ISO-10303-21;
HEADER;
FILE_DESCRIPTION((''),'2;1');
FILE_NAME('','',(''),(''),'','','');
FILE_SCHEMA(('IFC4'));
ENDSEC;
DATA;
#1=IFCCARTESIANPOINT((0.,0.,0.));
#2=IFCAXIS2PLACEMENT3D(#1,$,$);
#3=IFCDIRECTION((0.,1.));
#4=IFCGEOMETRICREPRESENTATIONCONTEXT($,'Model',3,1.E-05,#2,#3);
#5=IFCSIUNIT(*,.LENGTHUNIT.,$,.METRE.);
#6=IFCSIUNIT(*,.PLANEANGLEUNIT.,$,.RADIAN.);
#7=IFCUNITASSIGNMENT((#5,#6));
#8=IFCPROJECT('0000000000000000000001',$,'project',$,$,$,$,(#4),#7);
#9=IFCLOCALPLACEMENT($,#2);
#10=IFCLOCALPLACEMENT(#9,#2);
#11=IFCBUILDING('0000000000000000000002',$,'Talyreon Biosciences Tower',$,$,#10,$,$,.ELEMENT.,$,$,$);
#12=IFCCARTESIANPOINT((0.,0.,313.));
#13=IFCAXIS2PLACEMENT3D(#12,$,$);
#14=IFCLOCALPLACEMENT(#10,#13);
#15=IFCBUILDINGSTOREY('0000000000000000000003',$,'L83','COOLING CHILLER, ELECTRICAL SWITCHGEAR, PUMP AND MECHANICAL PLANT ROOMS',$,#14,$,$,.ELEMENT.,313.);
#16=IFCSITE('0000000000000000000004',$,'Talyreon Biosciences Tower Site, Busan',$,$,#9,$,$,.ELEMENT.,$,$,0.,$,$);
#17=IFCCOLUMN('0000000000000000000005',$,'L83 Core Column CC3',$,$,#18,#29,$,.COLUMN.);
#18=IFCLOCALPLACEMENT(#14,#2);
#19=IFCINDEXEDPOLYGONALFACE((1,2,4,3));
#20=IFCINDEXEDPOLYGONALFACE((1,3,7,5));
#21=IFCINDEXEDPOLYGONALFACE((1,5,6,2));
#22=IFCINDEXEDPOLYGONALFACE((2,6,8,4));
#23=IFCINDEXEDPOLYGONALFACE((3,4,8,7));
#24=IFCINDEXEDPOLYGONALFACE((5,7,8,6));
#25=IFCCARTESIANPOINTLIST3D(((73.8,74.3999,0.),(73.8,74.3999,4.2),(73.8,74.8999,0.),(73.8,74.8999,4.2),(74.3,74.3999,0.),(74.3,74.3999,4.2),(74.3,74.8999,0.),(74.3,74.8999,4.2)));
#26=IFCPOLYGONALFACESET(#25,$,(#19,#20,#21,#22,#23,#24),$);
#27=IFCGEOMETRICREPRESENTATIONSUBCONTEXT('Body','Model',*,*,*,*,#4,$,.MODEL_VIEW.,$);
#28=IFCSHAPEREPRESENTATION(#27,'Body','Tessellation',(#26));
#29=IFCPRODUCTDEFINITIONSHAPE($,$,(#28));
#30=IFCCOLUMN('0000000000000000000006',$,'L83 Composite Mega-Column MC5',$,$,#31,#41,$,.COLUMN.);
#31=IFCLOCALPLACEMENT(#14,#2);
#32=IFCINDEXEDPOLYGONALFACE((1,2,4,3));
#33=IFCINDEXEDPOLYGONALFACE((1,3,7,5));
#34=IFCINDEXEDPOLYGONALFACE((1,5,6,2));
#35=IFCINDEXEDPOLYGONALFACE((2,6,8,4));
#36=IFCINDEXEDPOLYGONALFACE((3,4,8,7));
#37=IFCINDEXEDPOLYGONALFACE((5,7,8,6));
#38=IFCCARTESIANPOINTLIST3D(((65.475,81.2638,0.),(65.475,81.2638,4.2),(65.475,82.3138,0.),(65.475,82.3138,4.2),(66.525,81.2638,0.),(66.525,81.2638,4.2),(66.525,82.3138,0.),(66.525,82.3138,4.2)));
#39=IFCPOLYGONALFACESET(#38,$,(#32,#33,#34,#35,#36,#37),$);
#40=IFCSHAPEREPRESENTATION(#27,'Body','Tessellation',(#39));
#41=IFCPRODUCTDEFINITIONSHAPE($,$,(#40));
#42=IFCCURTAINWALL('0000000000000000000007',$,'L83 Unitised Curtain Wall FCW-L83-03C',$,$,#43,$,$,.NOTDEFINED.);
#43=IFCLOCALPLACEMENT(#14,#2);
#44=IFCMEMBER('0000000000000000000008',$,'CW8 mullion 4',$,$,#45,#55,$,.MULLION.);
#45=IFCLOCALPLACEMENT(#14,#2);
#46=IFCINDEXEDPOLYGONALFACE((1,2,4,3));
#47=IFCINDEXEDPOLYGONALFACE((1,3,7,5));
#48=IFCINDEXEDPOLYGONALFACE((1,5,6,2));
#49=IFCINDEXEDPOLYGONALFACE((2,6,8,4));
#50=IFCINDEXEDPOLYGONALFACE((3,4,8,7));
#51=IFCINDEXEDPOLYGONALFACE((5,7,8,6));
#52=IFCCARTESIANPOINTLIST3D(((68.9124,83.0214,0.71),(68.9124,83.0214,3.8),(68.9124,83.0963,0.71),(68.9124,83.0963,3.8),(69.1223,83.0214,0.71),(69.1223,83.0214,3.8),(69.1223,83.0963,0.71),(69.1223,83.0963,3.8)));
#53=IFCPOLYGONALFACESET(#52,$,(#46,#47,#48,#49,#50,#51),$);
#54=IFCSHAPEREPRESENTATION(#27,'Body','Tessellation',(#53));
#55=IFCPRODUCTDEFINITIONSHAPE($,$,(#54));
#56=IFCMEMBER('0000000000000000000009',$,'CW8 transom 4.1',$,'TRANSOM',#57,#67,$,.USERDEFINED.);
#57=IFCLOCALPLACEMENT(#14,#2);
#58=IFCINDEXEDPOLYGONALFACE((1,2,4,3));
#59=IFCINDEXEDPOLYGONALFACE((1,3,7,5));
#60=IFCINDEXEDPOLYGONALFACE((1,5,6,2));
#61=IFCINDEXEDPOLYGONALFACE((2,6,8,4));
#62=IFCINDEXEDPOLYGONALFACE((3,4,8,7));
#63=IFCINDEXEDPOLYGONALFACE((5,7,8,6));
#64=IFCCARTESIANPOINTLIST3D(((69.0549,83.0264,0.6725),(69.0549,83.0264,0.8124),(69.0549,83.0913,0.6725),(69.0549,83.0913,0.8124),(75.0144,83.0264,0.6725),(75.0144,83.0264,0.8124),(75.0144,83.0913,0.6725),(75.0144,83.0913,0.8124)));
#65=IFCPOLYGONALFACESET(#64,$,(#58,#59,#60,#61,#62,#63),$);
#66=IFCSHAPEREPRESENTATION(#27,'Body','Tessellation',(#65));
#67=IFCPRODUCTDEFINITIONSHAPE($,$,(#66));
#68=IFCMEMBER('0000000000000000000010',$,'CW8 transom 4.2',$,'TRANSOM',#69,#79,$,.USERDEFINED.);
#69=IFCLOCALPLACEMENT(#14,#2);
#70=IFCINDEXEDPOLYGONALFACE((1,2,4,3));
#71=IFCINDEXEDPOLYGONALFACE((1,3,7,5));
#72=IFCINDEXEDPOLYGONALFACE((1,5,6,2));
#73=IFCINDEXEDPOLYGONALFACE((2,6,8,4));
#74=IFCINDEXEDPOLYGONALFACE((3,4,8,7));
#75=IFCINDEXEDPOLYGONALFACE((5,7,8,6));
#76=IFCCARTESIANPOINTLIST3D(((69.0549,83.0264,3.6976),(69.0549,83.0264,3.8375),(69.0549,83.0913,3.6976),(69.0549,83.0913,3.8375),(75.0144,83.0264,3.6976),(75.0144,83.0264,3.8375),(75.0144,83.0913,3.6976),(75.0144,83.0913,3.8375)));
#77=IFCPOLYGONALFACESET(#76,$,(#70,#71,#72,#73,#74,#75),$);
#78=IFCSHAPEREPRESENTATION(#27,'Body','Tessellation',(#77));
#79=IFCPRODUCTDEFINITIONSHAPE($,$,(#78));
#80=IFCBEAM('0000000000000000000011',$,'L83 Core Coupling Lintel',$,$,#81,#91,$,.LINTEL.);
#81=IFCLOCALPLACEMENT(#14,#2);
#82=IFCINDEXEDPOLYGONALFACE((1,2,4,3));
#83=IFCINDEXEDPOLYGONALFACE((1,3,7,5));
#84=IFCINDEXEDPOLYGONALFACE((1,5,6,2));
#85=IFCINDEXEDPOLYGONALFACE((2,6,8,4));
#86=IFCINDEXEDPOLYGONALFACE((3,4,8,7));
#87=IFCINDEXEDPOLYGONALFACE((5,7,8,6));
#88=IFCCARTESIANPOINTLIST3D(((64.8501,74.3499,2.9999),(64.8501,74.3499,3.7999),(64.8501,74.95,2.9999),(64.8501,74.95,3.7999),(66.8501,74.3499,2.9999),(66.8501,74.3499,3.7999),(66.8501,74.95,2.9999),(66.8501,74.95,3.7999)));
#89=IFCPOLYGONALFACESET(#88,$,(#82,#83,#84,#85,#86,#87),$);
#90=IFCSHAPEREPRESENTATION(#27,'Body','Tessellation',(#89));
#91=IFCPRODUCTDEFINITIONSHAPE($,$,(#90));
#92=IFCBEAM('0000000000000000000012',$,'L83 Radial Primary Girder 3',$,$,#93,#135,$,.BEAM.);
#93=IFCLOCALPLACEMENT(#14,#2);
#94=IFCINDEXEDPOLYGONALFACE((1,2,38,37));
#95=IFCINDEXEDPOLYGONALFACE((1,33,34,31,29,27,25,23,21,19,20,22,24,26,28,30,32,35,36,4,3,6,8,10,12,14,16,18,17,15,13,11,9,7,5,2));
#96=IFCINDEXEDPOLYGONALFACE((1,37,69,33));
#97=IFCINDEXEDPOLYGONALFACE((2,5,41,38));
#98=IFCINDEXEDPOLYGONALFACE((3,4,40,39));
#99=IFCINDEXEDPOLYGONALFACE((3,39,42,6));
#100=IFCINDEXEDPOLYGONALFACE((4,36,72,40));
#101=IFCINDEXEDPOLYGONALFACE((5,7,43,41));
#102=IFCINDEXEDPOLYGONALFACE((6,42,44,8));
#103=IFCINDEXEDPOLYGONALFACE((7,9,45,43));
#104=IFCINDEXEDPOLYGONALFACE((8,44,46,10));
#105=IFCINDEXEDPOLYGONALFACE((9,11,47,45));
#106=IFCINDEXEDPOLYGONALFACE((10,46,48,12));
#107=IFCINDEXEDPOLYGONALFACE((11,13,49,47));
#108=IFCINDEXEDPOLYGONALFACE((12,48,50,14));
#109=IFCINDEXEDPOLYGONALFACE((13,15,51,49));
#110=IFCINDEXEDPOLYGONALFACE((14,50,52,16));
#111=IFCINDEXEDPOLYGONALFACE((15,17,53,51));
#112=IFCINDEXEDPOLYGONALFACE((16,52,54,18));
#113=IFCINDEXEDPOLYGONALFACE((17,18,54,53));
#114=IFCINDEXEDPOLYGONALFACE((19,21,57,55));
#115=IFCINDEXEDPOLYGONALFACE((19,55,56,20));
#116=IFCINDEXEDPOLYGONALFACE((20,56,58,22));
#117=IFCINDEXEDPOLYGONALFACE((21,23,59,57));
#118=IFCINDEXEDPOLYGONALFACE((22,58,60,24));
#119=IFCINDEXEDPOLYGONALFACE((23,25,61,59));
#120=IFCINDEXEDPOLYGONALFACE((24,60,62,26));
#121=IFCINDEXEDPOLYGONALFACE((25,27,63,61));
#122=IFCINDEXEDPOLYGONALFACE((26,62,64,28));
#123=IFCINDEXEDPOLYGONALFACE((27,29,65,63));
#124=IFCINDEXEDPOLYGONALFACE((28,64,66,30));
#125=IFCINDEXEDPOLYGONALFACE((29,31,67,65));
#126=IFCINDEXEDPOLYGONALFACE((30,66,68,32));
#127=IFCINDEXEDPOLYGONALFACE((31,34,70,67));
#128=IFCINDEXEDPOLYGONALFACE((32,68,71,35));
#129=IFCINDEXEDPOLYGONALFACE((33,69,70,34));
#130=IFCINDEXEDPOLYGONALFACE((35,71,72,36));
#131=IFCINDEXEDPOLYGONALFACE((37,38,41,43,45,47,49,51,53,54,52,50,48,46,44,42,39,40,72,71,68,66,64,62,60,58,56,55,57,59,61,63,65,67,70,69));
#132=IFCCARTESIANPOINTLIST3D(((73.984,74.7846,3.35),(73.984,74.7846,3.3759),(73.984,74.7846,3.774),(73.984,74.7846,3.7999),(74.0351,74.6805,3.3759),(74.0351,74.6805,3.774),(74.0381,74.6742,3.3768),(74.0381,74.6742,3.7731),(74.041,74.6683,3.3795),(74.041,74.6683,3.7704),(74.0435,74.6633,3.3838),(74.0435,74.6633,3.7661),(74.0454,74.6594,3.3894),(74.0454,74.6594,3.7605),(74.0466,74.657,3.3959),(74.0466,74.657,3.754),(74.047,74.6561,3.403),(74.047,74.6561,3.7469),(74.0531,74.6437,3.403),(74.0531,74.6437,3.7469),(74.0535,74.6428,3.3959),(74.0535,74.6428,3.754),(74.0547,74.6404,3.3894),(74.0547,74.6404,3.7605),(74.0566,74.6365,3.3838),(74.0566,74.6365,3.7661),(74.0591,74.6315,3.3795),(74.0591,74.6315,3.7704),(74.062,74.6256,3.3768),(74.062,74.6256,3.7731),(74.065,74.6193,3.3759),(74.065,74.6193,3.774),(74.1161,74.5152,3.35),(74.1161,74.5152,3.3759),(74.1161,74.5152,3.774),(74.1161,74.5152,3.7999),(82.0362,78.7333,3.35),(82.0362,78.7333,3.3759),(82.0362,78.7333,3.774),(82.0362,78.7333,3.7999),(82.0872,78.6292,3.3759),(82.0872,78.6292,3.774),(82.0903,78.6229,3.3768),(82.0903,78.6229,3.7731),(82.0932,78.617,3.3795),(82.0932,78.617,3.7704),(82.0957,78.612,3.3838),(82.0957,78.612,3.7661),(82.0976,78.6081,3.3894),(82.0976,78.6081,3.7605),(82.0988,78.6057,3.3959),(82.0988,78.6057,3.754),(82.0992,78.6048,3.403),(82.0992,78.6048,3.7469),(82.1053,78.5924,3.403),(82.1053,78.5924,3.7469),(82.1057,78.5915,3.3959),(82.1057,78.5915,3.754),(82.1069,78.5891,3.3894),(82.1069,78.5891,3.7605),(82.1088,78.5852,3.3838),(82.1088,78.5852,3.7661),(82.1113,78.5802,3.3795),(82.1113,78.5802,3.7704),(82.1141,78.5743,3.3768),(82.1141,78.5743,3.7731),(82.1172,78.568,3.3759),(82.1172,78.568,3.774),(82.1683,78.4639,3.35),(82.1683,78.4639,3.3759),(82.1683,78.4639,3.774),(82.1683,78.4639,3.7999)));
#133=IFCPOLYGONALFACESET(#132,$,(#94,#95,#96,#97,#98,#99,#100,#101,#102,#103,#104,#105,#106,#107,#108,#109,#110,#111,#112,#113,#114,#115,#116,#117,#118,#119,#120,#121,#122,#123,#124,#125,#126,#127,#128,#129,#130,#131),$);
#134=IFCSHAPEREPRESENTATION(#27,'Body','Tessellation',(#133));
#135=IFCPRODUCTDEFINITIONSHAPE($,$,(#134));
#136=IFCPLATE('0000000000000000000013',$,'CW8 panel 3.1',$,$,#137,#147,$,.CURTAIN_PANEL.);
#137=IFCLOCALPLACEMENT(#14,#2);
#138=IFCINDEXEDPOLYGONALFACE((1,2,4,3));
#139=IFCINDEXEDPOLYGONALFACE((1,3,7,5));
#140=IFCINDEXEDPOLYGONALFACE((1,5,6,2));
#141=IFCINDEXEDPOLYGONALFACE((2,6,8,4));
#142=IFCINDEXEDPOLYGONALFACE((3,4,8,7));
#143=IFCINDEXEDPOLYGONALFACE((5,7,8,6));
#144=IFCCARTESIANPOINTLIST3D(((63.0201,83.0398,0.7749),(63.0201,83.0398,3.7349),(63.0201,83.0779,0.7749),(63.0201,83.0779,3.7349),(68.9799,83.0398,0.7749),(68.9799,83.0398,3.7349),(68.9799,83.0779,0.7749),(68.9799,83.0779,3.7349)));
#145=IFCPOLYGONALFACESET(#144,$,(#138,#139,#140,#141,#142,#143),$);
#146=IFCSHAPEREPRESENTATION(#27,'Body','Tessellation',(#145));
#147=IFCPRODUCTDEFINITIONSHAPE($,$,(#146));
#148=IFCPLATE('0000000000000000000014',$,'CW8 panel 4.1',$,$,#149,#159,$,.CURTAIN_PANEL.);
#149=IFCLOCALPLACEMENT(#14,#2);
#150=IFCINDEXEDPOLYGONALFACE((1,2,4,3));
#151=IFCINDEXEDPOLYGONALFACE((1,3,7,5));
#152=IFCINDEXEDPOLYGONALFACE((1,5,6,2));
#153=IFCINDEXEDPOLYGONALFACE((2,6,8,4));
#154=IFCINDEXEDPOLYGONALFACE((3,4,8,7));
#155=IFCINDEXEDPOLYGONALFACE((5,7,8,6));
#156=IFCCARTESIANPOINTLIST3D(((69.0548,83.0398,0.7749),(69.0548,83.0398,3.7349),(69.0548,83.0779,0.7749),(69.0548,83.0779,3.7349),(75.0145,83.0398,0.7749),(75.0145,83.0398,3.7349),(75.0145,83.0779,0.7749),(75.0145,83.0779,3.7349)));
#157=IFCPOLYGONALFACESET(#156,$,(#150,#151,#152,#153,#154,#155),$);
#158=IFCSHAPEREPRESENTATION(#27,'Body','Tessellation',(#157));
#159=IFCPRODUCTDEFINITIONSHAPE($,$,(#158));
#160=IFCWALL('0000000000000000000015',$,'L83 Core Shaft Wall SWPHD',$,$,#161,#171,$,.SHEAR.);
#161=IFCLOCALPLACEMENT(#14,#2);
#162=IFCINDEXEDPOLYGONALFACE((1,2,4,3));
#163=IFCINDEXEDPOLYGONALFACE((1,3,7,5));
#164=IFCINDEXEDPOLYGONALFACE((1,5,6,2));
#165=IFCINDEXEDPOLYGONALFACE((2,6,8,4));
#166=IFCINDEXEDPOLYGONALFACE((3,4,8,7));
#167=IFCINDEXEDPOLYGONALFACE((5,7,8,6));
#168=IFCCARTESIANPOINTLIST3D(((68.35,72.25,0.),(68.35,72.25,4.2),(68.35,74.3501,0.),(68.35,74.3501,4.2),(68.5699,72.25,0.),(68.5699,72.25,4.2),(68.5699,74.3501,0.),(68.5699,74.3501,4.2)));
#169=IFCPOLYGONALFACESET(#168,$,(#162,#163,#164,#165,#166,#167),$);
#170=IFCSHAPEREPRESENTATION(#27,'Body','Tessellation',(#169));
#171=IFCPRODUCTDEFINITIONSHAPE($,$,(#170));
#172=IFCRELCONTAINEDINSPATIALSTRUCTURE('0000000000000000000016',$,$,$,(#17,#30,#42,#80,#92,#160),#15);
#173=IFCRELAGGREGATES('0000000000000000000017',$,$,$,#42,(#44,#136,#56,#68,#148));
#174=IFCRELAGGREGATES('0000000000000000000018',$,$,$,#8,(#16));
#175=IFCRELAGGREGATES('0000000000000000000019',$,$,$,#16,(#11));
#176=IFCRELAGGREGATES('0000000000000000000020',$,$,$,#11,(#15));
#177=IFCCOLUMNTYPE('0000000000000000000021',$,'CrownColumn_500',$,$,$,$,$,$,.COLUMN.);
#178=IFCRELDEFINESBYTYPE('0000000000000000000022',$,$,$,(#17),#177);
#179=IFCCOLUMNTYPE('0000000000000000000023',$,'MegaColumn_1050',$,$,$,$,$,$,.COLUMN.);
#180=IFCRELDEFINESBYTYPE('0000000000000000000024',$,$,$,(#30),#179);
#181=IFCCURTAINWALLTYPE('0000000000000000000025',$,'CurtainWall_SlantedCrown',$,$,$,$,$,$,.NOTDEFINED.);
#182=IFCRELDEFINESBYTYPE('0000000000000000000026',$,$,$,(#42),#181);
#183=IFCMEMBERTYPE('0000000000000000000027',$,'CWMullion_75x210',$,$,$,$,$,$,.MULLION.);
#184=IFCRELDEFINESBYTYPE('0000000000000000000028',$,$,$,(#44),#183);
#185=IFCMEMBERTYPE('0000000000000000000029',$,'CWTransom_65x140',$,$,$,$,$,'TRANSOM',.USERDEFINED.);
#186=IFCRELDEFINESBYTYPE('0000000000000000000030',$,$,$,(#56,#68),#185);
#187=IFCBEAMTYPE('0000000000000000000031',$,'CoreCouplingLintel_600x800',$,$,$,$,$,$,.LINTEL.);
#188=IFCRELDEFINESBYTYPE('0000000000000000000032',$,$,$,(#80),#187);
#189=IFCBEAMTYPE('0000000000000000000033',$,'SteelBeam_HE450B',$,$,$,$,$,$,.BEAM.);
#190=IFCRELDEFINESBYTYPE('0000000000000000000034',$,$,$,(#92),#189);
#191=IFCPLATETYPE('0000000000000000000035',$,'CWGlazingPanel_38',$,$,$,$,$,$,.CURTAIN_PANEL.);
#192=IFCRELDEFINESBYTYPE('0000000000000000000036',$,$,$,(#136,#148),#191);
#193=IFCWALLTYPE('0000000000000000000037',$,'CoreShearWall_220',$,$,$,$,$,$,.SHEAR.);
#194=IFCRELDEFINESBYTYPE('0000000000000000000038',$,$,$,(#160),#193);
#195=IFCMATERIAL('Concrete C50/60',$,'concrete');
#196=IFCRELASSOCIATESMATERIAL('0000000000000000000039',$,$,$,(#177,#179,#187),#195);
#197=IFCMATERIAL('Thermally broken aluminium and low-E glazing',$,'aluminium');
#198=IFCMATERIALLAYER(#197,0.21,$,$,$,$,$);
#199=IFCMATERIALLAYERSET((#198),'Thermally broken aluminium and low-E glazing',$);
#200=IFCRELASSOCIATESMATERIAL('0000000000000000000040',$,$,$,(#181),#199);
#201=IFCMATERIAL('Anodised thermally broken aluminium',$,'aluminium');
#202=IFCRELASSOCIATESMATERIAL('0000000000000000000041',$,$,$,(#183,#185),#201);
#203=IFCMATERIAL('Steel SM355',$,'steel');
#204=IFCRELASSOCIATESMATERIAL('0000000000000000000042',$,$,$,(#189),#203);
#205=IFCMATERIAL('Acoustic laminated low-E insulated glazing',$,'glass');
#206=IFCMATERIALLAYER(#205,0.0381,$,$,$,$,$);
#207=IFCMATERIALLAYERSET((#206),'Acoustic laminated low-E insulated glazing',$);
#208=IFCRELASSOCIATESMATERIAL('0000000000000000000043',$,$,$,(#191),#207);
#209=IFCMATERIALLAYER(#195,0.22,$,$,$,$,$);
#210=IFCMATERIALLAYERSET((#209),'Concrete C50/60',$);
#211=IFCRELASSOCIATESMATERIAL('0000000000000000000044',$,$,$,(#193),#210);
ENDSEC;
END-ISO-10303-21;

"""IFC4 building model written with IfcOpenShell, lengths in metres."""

from ifc_helpers import new_model, si_unit, direction, frame, frame_2d, origin, origin_2d, place, context, subcontext, project, spatial, rectangle, i_section, extrude, material, layer, layer_set, material_profile, profile_set, type_object, element, aggregate, save


model = new_model("IFC4")

# Units and contexts
model_context = context("Model", 3, precision=1e-05, world=origin(), true_north=direction((0.0, 1.0)))
body_context = subcontext(model_context, "Body", "Model", "MODEL_VIEW")
ifc_project = project(units=[si_unit("LENGTHUNIT", "METRE"), si_unit("PLANEANGLEUNIT", "RADIAN")], contexts=[model_context])

# Site, building, storey
site_placement = place(None, origin())
site = spatial("IfcSite", under=ifc_project, at=site_placement, Name="Talyreon Biosciences Tower Site, Busan", CompositionType="ELEMENT", RefElevation=0.0)
building_placement = place(site_placement, origin())
building = spatial("IfcBuilding", under=site, at=building_placement, Name="Talyreon Biosciences Tower", CompositionType="ELEMENT")
storey_placement = place(building_placement, frame((0.0, 0.0, 313.0)))
storey = spatial("IfcBuildingStorey", under=building, at=storey_placement, Name="L83", Description="COOLING CHILLER, ELECTRICAL SWITCHGEAR, PUMP AND MECHANICAL PLANT ROOMS", CompositionType="ELEMENT", Elevation=313.0)

# Columns
ifc_material_1 = material(Name="Concrete C50/60", Category="concrete")
ifc_material_profile_1 = material_profile(ifc_material_1, rectangle(XDim=0.5, YDim=0.5, at=origin_2d()), Name="RC 500x500")
ifc_profile_set_1 = profile_set([ifc_material_profile_1], Name="Concrete C50/60")
column_type_1 = type_object("IfcColumnType", Name="CrownColumn_500", PredefinedType="COLUMN", material=ifc_profile_set_1)
column_1_placement = place(storey_placement, frame((74.05, 74.6499, 0.0), z_axis=(0.0, 0.0, 1.0), x_axis=(1.0, 0.0, 0.0)))
element("IfcColumn", 1, at=column_1_placement, inside=storey, type_object=column_type_1, Name="L83 Core Column CC3", PredefinedType="COLUMN", context=body_context, shape_type="SweptSolid", body=[
    extrude(rectangle(XDim=0.5, YDim=0.5, at=origin_2d()), origin(), (0.0, 0.0, 1.0), 4.2),
])
ifc_material_profile_2 = material_profile(ifc_material_1, rectangle(XDim=1.05, YDim=1.05, at=origin_2d()), Name="RC 1050x1050")
ifc_profile_set_2 = profile_set([ifc_material_profile_2], Name="Concrete C50/60")
column_type_2 = type_object("IfcColumnType", Name="MegaColumn_1050", PredefinedType="COLUMN", material=ifc_profile_set_2)
column_2_placement = place(storey_placement, frame((66.0, 81.7888, 0.0), z_axis=(0.0, 0.0, 1.0), x_axis=(1.0, 0.0, 0.0)))
element("IfcColumn", 2, at=column_2_placement, inside=storey, type_object=column_type_2, Name="L83 Composite Mega-Column MC5", PredefinedType="COLUMN", context=body_context, shape_type="SweptSolid", body=[
    extrude(rectangle(XDim=1.05, YDim=1.05, at=origin_2d()), origin(), (0.0, 0.0, 1.0), 4.2),
])

# Curtain wall, members
ifc_material_2 = material(Name="Thermally broken aluminium and low-E glazing", Category="aluminium")
ifc_layer_1 = layer(ifc_material_2, 0.21)
ifc_layer_set_1 = layer_set([ifc_layer_1], Name="Thermally broken aluminium and low-E glazing")
curtain_wall_type = type_object("IfcCurtainWallType", Name="CurtainWall_SlantedCrown", PredefinedType="NOTDEFINED", material=ifc_layer_set_1)
curtain_wall_placement = place(storey_placement, origin())
curtain_wall = element("IfcCurtainWall", 3, at=curtain_wall_placement, inside=storey, type_object=curtain_wall_type, Name="L83 Unitised Curtain Wall FCW-L83-03C", PredefinedType="NOTDEFINED")
ifc_material_3 = material(Name="Anodised thermally broken aluminium", Category="aluminium")
ifc_material_profile_3 = material_profile(ifc_material_3, rectangle(XDim=0.075, YDim=0.21, at=origin_2d()), Name="ALUM MULLION 75x210")
ifc_profile_set_3 = profile_set([ifc_material_profile_3], Name="Anodised thermally broken aluminium")
member_type_1 = type_object("IfcMemberType", Name="CWMullion_75x210", PredefinedType="MULLION", material=ifc_profile_set_3)
member_1_placement = place(storey_placement, frame((69.0173, 83.0588, 0.71), z_axis=(0.0, 0.0, 1.0), x_axis=(0.0, 1.0, 0.0)))
member_1 = element("IfcMember", 4, at=member_1_placement, type_object=member_type_1, Name="CW8 mullion 4", PredefinedType="MULLION", context=body_context, shape_type="SweptSolid", body=[
    extrude(rectangle(XDim=0.075, YDim=0.21, at=origin_2d()), origin(), (0.0, 0.0, 1.0), 3.0901),
])
ifc_material_profile_4 = material_profile(ifc_material_3, rectangle(XDim=0.0649, YDim=0.1399, at=origin_2d()), Name="ALUM TRANSOM 65x140")
ifc_profile_set_4 = profile_set([ifc_material_profile_4], Name="Anodised thermally broken aluminium")
member_type_2 = type_object("IfcMemberType", Name="CWTransom_65x140", ElementType="TRANSOM", PredefinedType="USERDEFINED", material=ifc_profile_set_4)
member_2_placement = place(storey_placement, frame((69.0549, 83.0588, 0.7424), z_axis=(1.0, 0.0, 0.0), x_axis=(0.0, 1.0, 0.0)))
member_2 = element("IfcMember", 5, at=member_2_placement, type_object=member_type_2, Name="CW8 transom 4.1", ObjectType="TRANSOM", PredefinedType="USERDEFINED", context=body_context, shape_type="SweptSolid", body=[
    extrude(rectangle(XDim=0.0649, YDim=0.1399, at=origin_2d()), origin(), (0.0, 0.0, 1.0), 5.9595),
])
member_3_placement = place(storey_placement, frame((69.0549, 83.0588, 3.7676), z_axis=(1.0, 0.0, 0.0), x_axis=(0.0, 1.0, 0.0)))
member_3 = element("IfcMember", 6, at=member_3_placement, type_object=member_type_2, Name="CW8 transom 4.2", ObjectType="TRANSOM", PredefinedType="USERDEFINED", context=body_context, shape_type="SweptSolid", body=[
    extrude(rectangle(XDim=0.0649, YDim=0.1399, at=origin_2d()), origin(), (0.0, 0.0, 1.0), 5.9595),
])

# Beams
ifc_material_profile_5 = material_profile(ifc_material_1, rectangle(XDim=0.6001, YDim=0.8, at=origin_2d()), Name="RCB 600x800")
ifc_profile_set_5 = profile_set([ifc_material_profile_5], Name="Concrete C50/60")
beam_type_1 = type_object("IfcBeamType", Name="CoreCouplingLintel_600x800", PredefinedType="LINTEL", material=ifc_profile_set_5)
beam_1_placement = place(storey_placement, frame((64.8501, 74.6499, 3.3999), z_axis=(1.0, 0.0, 0.0), x_axis=(0.0, 1.0, 0.0)))
element("IfcBeam", 7, at=beam_1_placement, inside=storey, type_object=beam_type_1, Name="L83 Core Coupling Lintel", PredefinedType="LINTEL", context=body_context, shape_type="SweptSolid", body=[
    extrude(rectangle(XDim=0.6001, YDim=0.8, at=origin_2d()), origin(), (0.0, 0.0, 1.0), 2.0),
])
ifc_material_4 = material(Name="Steel SM355", Category="steel")
ifc_material_profile_6 = material_profile(ifc_material_4, i_section(OverallWidth=0.3, OverallDepth=0.45, WebThickness=0.0139, FlangeThickness=0.0259, FilletRadius=0.0271, at=origin_2d()), Name="HE450B")
ifc_profile_set_6 = profile_set([ifc_material_profile_6], Name="Steel SM355")
beam_type_2 = type_object("IfcBeamType", Name="SteelBeam_HE450B", PredefinedType="BEAM", material=ifc_profile_set_6)
beam_2_placement = place(storey_placement, frame((74.05, 74.6499, 3.575), z_axis=(0.897852, 0.440297, 0.0), x_axis=(-0.440297, 0.897852, 0.0)))
element("IfcBeam", 8, at=beam_2_placement, inside=storey, type_object=beam_type_2, Name="L83 Radial Primary Girder 3", PredefinedType="BEAM", context=body_context, shape_type="SweptSolid", body=[
    extrude(i_section(OverallWidth=0.3, OverallDepth=0.45, WebThickness=0.0139, FlangeThickness=0.0259, FilletRadius=0.0271, at=origin_2d()), origin(), (0.0, 0.0, 1.0), 8.9683),
])

# Plates
ifc_material_5 = material(Name="Acoustic laminated low-E insulated glazing", Category="glass")
ifc_layer_2 = layer(ifc_material_5, 0.0381)
ifc_layer_set_2 = layer_set([ifc_layer_2], Name="Acoustic laminated low-E insulated glazing")
plate_type = type_object("IfcPlateType", Name="CWGlazingPanel_38", PredefinedType="CURTAIN_PANEL", material=ifc_layer_set_2)
plate_1_placement = place(storey_placement, frame((66.0, 83.0588, 0.7749), z_axis=(0.0, 0.0, 1.0), x_axis=(1.0, 0.0, 0.0)))
plate_1 = element("IfcPlate", 9, at=plate_1_placement, type_object=plate_type, Name="CW8 panel 3.1", PredefinedType="CURTAIN_PANEL", context=body_context, shape_type="SweptSolid", body=[
    extrude(rectangle(XDim=5.9597, YDim=0.0381, at=origin_2d()), origin(), (0.0, 0.0, 1.0), 2.96),
])
plate_2_placement = place(storey_placement, frame((72.0347, 83.0588, 0.7749), z_axis=(0.0, 0.0, 1.0), x_axis=(1.0, 0.0, 0.0)))
plate_2 = element("IfcPlate", 10, at=plate_2_placement, type_object=plate_type, Name="CW8 panel 4.1", PredefinedType="CURTAIN_PANEL", context=body_context, shape_type="SweptSolid", body=[
    extrude(rectangle(XDim=5.9597, YDim=0.0381, at=origin_2d()), origin(), (0.0, 0.0, 1.0), 2.96),
])
aggregate(curtain_wall, [member_1, plate_1, member_2, member_3, plate_2])

# Wall
ifc_layer_3 = layer(ifc_material_1, 0.22)
ifc_layer_set_3 = layer_set([ifc_layer_3], Name="Concrete C50/60")
wall_type_1 = type_object("IfcWallType", Name="CoreShearWall_220", PredefinedType="SHEAR", material=ifc_layer_set_3)
wall_1_placement = place(storey_placement, frame((68.46, 72.25, 0.0), z_axis=(0.0, 0.0, 1.0), x_axis=(0.0, 1.0, 0.0)))
element("IfcWall", 11, at=wall_1_placement, inside=storey, type_object=wall_type_1, Name="L83 Core Shaft Wall SWPHD", PredefinedType="SHEAR", context=body_context, shape_type="SweptSolid", body=[
    extrude(rectangle(XDim=2.1001, YDim=0.22, at=frame_2d((1.05, 0.0))), origin(), (0.0, 0.0, 1.0), 4.2),
])

save(model, "model.ifc")
